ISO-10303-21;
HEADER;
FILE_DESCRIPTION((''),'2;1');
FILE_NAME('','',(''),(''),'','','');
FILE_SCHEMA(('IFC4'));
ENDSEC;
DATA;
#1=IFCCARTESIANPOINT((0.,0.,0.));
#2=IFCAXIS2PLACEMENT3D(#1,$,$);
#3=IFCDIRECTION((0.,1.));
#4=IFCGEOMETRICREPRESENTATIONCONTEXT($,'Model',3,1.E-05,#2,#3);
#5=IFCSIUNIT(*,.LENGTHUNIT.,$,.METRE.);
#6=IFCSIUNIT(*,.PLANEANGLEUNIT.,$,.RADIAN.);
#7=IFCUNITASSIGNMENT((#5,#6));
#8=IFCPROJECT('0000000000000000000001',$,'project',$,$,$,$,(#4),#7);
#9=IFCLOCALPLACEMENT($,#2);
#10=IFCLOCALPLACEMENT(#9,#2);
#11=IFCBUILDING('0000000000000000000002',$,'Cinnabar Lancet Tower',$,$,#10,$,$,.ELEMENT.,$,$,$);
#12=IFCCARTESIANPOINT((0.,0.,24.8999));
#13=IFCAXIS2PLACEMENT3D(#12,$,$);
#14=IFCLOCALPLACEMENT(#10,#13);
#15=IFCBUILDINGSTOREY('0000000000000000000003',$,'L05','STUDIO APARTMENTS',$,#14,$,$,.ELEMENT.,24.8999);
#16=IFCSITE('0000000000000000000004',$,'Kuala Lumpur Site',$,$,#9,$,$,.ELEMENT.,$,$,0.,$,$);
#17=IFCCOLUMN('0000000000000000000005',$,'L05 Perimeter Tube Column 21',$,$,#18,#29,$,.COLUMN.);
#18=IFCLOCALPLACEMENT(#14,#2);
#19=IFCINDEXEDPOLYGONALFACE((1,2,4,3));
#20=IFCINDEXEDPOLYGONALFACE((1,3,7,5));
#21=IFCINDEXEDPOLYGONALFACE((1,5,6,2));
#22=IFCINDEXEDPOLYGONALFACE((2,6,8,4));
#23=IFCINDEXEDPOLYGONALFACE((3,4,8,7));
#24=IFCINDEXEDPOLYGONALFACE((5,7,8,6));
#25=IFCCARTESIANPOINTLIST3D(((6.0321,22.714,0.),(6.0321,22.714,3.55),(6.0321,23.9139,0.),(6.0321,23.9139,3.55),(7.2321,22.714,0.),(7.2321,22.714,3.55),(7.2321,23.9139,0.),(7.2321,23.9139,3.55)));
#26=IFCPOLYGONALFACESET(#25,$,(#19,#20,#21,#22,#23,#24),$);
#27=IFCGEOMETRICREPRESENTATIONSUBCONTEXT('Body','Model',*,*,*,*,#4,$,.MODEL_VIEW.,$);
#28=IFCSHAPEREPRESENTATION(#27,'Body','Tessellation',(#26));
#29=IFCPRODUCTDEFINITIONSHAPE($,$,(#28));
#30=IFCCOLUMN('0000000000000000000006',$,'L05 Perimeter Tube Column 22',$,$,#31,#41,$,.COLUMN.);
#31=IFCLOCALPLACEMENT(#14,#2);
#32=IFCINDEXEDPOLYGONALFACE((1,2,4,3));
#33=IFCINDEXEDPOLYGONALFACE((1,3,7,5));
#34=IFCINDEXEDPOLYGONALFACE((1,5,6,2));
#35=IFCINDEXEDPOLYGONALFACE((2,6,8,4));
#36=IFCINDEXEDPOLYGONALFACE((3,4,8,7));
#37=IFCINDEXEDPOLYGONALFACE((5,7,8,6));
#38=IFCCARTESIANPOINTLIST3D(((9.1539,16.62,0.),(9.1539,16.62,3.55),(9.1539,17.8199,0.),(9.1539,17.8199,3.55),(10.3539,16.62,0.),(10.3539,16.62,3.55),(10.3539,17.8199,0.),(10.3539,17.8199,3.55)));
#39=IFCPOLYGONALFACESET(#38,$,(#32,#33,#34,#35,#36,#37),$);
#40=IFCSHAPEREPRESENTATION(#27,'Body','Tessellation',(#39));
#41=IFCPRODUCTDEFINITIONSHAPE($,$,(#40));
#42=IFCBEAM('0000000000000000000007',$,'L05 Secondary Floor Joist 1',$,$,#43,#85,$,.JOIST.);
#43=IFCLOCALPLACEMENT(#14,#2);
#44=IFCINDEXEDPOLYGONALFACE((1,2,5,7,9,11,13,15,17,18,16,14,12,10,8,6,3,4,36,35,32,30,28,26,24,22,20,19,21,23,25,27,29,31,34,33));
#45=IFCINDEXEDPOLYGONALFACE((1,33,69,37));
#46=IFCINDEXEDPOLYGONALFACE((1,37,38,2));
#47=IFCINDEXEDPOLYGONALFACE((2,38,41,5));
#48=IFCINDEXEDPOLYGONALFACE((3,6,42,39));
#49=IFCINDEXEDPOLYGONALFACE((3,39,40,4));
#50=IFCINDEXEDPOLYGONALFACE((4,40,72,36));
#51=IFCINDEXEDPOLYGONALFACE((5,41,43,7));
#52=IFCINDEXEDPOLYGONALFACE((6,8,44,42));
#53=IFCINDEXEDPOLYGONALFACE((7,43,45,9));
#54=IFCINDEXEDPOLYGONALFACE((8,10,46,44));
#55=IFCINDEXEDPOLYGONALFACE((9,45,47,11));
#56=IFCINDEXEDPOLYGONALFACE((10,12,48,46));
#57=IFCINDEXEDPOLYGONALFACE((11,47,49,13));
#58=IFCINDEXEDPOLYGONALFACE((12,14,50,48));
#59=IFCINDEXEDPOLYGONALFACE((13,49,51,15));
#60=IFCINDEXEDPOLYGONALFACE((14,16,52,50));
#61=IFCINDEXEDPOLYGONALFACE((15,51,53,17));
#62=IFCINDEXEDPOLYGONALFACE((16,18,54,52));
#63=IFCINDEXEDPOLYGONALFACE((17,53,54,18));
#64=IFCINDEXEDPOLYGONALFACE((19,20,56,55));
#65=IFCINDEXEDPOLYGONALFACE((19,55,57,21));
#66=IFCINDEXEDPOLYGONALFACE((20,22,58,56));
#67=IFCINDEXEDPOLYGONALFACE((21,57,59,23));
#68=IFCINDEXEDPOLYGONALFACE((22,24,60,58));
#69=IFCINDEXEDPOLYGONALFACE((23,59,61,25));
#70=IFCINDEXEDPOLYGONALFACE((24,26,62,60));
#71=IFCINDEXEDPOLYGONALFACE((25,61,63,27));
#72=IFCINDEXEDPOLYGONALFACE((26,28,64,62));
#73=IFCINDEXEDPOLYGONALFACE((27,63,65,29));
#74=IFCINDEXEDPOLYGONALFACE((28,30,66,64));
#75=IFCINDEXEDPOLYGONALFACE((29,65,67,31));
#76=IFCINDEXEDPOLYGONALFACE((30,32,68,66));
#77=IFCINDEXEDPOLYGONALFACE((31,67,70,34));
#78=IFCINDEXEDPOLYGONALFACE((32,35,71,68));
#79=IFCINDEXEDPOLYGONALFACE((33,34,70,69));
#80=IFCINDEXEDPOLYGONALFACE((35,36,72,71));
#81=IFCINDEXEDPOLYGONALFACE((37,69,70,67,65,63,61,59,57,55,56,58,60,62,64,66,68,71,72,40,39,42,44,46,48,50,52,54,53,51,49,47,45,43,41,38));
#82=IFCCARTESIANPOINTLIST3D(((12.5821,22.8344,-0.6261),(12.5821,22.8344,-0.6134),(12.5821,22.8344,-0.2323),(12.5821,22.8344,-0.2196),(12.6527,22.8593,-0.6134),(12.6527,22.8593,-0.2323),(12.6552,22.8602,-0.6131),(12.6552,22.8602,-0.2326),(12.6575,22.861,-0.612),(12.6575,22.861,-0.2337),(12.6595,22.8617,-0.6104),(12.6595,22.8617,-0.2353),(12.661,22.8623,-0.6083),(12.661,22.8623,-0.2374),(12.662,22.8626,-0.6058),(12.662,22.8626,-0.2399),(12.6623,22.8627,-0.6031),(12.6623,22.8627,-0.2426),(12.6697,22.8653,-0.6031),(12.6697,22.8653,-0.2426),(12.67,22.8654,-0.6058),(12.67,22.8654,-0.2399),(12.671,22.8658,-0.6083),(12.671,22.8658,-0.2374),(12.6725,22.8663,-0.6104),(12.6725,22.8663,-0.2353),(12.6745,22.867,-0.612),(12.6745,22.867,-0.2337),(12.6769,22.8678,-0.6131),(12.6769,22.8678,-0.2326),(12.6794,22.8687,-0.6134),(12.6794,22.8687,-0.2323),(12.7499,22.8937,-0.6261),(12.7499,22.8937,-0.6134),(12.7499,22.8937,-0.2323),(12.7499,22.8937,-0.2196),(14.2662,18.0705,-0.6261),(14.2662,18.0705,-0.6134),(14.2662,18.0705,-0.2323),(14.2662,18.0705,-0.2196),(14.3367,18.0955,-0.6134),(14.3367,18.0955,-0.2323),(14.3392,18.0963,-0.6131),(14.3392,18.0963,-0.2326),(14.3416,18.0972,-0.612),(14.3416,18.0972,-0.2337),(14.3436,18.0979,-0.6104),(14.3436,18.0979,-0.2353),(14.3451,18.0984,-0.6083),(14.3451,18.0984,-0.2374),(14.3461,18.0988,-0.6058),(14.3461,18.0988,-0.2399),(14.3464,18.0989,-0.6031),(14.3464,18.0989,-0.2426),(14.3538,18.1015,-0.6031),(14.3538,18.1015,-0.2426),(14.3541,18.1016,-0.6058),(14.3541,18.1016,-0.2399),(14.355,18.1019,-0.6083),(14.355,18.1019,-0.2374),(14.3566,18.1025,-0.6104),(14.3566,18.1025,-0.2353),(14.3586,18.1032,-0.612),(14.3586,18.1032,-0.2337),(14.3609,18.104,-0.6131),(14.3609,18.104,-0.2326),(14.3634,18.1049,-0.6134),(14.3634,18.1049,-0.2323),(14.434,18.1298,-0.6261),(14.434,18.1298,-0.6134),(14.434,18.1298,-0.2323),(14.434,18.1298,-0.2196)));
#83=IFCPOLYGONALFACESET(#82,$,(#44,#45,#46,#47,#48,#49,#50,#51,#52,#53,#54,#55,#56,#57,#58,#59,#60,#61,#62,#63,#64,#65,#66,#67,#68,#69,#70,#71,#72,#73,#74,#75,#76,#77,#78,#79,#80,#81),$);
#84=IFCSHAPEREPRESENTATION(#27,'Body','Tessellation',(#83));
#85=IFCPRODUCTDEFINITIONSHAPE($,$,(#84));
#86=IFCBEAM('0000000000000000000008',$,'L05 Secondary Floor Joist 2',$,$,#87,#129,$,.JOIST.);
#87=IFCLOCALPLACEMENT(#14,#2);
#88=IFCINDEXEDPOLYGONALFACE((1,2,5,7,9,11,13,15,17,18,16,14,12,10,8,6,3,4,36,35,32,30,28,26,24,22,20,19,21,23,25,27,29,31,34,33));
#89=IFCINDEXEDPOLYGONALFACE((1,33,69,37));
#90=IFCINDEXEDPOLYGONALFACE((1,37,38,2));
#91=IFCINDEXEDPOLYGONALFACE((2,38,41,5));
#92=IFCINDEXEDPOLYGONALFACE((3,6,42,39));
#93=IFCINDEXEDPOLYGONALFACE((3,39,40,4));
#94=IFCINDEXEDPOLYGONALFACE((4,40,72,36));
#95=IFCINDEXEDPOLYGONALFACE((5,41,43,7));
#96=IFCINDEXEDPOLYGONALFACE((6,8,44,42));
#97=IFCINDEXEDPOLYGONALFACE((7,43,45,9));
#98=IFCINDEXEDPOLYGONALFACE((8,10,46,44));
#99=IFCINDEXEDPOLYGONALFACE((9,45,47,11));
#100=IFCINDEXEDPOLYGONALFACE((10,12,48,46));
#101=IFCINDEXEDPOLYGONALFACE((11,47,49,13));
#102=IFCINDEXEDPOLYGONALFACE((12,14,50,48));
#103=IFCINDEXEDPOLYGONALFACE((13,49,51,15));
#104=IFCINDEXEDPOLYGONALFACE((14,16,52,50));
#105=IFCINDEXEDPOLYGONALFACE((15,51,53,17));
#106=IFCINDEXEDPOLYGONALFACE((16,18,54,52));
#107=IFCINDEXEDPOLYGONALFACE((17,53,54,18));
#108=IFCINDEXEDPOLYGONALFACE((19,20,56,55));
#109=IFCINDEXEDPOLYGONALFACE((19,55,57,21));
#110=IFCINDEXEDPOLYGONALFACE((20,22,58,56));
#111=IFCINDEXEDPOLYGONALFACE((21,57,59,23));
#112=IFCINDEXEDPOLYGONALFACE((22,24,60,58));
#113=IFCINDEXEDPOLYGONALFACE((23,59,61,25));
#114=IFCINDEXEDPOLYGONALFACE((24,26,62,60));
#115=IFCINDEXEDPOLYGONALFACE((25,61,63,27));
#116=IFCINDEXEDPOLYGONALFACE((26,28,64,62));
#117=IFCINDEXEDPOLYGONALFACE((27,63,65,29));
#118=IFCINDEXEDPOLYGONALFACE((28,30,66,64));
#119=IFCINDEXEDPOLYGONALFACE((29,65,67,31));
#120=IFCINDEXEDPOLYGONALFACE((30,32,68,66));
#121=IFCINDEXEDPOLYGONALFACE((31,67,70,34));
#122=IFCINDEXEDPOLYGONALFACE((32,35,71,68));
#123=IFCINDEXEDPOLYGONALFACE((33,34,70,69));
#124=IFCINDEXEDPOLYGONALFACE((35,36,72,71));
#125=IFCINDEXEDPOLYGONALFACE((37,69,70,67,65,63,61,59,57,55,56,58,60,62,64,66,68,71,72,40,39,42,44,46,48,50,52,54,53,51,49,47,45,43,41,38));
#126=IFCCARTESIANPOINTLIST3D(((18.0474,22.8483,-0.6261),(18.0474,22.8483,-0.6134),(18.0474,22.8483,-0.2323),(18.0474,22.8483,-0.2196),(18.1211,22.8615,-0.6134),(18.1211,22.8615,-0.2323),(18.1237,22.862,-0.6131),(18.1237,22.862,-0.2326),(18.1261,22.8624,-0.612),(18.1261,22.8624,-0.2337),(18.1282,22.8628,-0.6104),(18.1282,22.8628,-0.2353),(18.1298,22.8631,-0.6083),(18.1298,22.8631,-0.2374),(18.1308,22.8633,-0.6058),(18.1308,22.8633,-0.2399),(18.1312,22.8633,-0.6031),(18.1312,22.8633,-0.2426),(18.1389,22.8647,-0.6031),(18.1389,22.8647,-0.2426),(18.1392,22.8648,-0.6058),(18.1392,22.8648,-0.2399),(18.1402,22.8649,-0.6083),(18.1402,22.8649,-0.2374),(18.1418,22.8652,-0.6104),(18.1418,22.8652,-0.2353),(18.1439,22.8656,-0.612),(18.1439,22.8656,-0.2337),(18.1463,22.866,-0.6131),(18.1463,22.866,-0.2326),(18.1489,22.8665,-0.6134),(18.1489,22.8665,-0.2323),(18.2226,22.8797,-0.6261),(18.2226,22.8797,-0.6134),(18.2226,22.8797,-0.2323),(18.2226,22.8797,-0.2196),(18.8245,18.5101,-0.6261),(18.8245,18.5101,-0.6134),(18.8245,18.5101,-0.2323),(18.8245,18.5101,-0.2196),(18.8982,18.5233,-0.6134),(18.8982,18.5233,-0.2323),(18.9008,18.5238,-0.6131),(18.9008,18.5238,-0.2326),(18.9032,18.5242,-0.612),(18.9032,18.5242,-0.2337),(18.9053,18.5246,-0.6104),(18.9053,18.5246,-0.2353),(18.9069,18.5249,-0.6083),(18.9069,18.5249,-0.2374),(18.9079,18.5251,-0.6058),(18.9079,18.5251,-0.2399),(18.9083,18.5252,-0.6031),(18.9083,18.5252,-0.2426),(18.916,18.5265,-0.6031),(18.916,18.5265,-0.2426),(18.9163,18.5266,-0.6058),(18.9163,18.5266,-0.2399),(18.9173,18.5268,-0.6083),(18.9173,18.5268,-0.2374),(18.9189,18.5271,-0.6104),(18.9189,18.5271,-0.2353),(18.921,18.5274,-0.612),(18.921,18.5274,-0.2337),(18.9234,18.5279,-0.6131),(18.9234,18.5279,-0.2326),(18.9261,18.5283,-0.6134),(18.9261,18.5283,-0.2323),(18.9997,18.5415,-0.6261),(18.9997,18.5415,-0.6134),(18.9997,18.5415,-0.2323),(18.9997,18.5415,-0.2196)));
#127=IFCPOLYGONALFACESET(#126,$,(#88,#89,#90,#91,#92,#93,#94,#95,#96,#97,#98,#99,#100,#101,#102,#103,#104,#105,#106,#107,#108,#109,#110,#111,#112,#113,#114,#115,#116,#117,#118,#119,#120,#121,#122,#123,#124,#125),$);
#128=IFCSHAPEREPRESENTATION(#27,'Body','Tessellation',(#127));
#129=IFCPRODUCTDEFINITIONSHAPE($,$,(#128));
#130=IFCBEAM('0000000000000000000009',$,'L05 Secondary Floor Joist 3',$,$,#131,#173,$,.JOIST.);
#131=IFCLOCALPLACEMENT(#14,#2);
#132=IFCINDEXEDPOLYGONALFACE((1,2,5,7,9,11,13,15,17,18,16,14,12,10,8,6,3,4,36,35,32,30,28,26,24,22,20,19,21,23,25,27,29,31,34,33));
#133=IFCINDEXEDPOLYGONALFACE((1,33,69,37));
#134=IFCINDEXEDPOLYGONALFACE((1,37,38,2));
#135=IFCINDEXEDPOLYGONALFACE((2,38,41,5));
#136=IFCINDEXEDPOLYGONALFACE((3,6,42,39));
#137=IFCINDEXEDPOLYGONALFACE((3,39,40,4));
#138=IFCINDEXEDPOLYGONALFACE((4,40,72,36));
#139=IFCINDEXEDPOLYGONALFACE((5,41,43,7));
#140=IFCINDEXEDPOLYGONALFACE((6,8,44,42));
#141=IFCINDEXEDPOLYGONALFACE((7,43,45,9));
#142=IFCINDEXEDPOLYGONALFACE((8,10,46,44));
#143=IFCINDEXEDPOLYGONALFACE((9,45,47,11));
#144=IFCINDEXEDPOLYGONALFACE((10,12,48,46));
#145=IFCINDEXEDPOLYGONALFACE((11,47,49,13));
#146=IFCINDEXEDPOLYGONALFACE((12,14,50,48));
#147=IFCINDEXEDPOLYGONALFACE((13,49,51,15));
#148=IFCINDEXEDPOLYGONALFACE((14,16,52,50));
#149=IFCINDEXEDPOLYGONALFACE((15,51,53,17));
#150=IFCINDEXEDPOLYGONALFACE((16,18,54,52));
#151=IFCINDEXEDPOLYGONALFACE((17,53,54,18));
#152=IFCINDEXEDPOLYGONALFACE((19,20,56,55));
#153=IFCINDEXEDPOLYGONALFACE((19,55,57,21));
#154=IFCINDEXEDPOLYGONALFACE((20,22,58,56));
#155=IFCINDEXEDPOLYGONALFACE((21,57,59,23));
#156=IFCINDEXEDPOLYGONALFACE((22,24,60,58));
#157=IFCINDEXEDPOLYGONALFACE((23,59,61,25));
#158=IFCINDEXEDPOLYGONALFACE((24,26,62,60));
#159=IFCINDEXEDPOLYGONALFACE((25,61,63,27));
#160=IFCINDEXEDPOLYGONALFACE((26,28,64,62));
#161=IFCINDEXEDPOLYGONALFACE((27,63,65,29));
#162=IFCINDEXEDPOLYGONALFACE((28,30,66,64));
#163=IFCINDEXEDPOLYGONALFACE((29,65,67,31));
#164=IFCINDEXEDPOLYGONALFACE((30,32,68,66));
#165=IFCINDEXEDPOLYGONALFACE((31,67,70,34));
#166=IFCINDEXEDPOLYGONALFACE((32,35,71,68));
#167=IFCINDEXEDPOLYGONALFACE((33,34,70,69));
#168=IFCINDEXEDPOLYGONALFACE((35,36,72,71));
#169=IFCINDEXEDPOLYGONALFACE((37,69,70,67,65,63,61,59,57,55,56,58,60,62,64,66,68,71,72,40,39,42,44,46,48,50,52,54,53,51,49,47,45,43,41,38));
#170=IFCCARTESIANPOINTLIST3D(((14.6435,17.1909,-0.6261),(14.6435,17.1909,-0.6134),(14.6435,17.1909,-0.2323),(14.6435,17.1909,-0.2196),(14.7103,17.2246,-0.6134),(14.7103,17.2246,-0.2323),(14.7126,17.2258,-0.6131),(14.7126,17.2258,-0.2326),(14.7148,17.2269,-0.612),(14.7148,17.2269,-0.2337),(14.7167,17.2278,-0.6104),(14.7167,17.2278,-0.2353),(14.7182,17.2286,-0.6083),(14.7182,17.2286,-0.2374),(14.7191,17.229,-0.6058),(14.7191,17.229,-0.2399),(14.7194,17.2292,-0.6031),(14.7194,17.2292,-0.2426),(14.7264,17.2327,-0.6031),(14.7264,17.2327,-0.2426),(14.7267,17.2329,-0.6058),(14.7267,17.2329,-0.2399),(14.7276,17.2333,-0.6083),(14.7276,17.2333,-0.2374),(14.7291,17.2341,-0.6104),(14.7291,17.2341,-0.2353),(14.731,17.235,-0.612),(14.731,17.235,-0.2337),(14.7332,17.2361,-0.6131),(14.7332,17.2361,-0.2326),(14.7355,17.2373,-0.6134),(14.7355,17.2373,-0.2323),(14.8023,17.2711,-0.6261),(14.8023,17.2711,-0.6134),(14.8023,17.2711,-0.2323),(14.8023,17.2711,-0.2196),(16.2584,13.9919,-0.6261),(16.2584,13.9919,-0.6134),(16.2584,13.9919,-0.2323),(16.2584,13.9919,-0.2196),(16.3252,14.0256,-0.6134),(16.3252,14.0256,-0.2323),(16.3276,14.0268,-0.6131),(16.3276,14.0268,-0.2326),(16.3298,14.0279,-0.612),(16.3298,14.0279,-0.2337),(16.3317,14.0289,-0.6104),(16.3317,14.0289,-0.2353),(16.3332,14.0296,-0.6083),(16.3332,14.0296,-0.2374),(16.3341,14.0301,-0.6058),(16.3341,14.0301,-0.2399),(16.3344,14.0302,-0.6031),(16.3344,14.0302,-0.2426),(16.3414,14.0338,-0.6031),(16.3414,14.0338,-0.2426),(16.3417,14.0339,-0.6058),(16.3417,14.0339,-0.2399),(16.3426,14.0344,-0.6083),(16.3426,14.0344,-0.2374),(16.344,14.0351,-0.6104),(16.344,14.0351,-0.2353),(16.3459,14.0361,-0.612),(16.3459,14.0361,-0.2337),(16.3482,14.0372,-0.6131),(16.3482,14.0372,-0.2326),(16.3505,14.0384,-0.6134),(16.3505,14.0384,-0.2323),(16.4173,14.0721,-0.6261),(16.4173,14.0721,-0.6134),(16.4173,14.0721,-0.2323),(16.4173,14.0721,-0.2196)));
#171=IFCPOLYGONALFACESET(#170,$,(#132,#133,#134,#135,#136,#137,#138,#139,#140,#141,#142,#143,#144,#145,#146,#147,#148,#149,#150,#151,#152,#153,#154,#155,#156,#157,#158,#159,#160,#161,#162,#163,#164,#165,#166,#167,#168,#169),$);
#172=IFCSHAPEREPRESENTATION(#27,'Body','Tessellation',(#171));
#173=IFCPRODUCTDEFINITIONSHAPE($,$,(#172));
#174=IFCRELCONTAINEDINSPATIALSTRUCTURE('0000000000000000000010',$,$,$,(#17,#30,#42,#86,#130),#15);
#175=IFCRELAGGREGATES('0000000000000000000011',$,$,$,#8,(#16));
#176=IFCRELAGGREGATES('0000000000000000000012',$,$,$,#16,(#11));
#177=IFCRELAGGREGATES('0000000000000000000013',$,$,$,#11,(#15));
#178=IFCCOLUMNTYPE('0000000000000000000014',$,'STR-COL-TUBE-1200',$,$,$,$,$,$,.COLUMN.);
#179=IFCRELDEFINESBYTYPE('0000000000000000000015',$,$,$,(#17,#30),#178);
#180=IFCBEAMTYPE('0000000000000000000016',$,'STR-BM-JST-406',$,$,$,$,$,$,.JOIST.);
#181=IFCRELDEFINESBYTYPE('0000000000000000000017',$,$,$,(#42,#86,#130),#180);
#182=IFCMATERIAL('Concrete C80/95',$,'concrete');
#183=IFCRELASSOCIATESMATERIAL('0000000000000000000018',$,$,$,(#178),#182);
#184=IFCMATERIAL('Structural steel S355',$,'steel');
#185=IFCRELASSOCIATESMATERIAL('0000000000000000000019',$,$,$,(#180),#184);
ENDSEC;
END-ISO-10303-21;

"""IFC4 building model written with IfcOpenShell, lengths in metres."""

from ifc_helpers import new_model, si_unit, direction, frame, origin, origin_2d, place, context, subcontext, project, spatial, rectangle, i_section, extrude, material, material_profile, profile_set, type_object, element, save


model = new_model("IFC4")

# Units and contexts
model_context = context("Model", 3, precision=1e-05, world=origin(), true_north=direction((0.0, 1.0)))
body_context = subcontext(model_context, "Body", "Model", "MODEL_VIEW")
ifc_project = project(units=[si_unit("LENGTHUNIT", "METRE"), si_unit("PLANEANGLEUNIT", "RADIAN")], contexts=[model_context])

# Site, building, storey
site_placement = place(None, origin())
site = spatial("IfcSite", under=ifc_project, at=site_placement, Name="Kuala Lumpur Site", CompositionType="ELEMENT", RefElevation=0.0)
building_placement = place(site_placement, origin())
building = spatial("IfcBuilding", under=site, at=building_placement, Name="Cinnabar Lancet Tower", CompositionType="ELEMENT")
storey_placement = place(building_placement, frame((0.0, 0.0, 24.8999)))
storey = spatial("IfcBuildingStorey", under=building, at=storey_placement, Name="L05", Description="STUDIO APARTMENTS", CompositionType="ELEMENT", Elevation=24.8999)

# Columns
ifc_material_1 = material(Name="Concrete C80/95", Category="concrete")
ifc_material_profile_1 = material_profile(ifc_material_1, rectangle(XDim=1.2, YDim=1.2, at=origin_2d()), Name="RC-COL 1200x1200")
ifc_profile_set_1 = profile_set([ifc_material_profile_1], Name="Concrete C80/95")
column_type = type_object("IfcColumnType", Name="STR-COL-TUBE-1200", PredefinedType="COLUMN", material=ifc_profile_set_1)
for number, where, z_axis, x_axis, name in (
    (1, (6.6321, 23.314, 0.0), (0.0, 0.0, 1.0), (1.0, 0.0, 0.0), "L05 Perimeter Tube Column 21"),
    (2, (9.7539, 17.22, 0.0), (0.0, 0.0, 1.0), (1.0, 0.0, 0.0), "L05 Perimeter Tube Column 22"),
):
    element("IfcColumn", number, at=place(storey_placement, frame(where, z_axis=z_axis, x_axis=x_axis)), inside=storey, type_object=column_type, Name=name, PredefinedType="COLUMN", context=body_context, shape_type="SweptSolid", body=[
        extrude(rectangle(XDim=1.2, YDim=1.2, at=origin_2d()), origin(), (0.0, 0.0, 1.0), 3.55),
    ])

# Beams
ifc_material_2 = material(Name="Structural steel S355", Category="steel")
ifc_material_profile_2 = material_profile(ifc_material_2, i_section(OverallWidth=0.178, OverallDepth=0.4065, WebThickness=0.0078, FlangeThickness=0.0127, FilletRadius=0.0103, at=origin_2d()), Name="UKB 406x178x60")
ifc_profile_set_2 = profile_set([ifc_material_profile_2], Name="Structural steel S355")
beam_type_1 = type_object("IfcBeamType", Name="STR-BM-JST-406", PredefinedType="JOIST", material=ifc_profile_set_2)
beam_1_placement = place(storey_placement, frame((12.666, 22.864, -0.4229), z_axis=(0.333295, -0.942823, 0.0), x_axis=(0.942823, 0.333295, 0.0)))
element("IfcBeam", 3, at=beam_1_placement, inside=storey, type_object=beam_type_1, Name="L05 Secondary Floor Joist 1", PredefinedType="JOIST", context=body_context, shape_type="SweptSolid", body=[
    extrude(i_section(OverallWidth=0.178, OverallDepth=0.4065, WebThickness=0.0078, FlangeThickness=0.0127, FilletRadius=0.0103, at=origin_2d()), origin(), (0.0, 0.0, 1.0), 5.0527),
])
beam_2_placement = place(storey_placement, frame((18.135, 22.864, -0.4229), z_axis=(0.176326, -0.984332, 0.0), x_axis=(0.984332, 0.176326, 0.0)))
element("IfcBeam", 4, at=beam_2_placement, inside=storey, type_object=beam_type_1, Name="L05 Secondary Floor Joist 2", PredefinedType="JOIST", context=body_context, shape_type="SweptSolid", body=[
    extrude(i_section(OverallWidth=0.178, OverallDepth=0.4065, WebThickness=0.0078, FlangeThickness=0.0127, FilletRadius=0.0103, at=origin_2d()), origin(), (0.0, 0.0, 1.0), 4.4072),
])
beam_3_placement = place(storey_placement, frame((14.7229, 17.231, -0.4229), z_axis=(0.450671, -0.89269, 0.0), x_axis=(0.89269, 0.450671, 0.0)))
element("IfcBeam", 5, at=beam_3_placement, inside=storey, type_object=beam_type_1, Name="L05 Secondary Floor Joist 3", PredefinedType="JOIST", context=body_context, shape_type="SweptSolid", body=[
    extrude(i_section(OverallWidth=0.178, OverallDepth=0.4065, WebThickness=0.0078, FlangeThickness=0.0127, FilletRadius=0.0103, at=origin_2d()), origin(), (0.0, 0.0, 1.0), 3.5835),
])

save(model, "model.ifc")
